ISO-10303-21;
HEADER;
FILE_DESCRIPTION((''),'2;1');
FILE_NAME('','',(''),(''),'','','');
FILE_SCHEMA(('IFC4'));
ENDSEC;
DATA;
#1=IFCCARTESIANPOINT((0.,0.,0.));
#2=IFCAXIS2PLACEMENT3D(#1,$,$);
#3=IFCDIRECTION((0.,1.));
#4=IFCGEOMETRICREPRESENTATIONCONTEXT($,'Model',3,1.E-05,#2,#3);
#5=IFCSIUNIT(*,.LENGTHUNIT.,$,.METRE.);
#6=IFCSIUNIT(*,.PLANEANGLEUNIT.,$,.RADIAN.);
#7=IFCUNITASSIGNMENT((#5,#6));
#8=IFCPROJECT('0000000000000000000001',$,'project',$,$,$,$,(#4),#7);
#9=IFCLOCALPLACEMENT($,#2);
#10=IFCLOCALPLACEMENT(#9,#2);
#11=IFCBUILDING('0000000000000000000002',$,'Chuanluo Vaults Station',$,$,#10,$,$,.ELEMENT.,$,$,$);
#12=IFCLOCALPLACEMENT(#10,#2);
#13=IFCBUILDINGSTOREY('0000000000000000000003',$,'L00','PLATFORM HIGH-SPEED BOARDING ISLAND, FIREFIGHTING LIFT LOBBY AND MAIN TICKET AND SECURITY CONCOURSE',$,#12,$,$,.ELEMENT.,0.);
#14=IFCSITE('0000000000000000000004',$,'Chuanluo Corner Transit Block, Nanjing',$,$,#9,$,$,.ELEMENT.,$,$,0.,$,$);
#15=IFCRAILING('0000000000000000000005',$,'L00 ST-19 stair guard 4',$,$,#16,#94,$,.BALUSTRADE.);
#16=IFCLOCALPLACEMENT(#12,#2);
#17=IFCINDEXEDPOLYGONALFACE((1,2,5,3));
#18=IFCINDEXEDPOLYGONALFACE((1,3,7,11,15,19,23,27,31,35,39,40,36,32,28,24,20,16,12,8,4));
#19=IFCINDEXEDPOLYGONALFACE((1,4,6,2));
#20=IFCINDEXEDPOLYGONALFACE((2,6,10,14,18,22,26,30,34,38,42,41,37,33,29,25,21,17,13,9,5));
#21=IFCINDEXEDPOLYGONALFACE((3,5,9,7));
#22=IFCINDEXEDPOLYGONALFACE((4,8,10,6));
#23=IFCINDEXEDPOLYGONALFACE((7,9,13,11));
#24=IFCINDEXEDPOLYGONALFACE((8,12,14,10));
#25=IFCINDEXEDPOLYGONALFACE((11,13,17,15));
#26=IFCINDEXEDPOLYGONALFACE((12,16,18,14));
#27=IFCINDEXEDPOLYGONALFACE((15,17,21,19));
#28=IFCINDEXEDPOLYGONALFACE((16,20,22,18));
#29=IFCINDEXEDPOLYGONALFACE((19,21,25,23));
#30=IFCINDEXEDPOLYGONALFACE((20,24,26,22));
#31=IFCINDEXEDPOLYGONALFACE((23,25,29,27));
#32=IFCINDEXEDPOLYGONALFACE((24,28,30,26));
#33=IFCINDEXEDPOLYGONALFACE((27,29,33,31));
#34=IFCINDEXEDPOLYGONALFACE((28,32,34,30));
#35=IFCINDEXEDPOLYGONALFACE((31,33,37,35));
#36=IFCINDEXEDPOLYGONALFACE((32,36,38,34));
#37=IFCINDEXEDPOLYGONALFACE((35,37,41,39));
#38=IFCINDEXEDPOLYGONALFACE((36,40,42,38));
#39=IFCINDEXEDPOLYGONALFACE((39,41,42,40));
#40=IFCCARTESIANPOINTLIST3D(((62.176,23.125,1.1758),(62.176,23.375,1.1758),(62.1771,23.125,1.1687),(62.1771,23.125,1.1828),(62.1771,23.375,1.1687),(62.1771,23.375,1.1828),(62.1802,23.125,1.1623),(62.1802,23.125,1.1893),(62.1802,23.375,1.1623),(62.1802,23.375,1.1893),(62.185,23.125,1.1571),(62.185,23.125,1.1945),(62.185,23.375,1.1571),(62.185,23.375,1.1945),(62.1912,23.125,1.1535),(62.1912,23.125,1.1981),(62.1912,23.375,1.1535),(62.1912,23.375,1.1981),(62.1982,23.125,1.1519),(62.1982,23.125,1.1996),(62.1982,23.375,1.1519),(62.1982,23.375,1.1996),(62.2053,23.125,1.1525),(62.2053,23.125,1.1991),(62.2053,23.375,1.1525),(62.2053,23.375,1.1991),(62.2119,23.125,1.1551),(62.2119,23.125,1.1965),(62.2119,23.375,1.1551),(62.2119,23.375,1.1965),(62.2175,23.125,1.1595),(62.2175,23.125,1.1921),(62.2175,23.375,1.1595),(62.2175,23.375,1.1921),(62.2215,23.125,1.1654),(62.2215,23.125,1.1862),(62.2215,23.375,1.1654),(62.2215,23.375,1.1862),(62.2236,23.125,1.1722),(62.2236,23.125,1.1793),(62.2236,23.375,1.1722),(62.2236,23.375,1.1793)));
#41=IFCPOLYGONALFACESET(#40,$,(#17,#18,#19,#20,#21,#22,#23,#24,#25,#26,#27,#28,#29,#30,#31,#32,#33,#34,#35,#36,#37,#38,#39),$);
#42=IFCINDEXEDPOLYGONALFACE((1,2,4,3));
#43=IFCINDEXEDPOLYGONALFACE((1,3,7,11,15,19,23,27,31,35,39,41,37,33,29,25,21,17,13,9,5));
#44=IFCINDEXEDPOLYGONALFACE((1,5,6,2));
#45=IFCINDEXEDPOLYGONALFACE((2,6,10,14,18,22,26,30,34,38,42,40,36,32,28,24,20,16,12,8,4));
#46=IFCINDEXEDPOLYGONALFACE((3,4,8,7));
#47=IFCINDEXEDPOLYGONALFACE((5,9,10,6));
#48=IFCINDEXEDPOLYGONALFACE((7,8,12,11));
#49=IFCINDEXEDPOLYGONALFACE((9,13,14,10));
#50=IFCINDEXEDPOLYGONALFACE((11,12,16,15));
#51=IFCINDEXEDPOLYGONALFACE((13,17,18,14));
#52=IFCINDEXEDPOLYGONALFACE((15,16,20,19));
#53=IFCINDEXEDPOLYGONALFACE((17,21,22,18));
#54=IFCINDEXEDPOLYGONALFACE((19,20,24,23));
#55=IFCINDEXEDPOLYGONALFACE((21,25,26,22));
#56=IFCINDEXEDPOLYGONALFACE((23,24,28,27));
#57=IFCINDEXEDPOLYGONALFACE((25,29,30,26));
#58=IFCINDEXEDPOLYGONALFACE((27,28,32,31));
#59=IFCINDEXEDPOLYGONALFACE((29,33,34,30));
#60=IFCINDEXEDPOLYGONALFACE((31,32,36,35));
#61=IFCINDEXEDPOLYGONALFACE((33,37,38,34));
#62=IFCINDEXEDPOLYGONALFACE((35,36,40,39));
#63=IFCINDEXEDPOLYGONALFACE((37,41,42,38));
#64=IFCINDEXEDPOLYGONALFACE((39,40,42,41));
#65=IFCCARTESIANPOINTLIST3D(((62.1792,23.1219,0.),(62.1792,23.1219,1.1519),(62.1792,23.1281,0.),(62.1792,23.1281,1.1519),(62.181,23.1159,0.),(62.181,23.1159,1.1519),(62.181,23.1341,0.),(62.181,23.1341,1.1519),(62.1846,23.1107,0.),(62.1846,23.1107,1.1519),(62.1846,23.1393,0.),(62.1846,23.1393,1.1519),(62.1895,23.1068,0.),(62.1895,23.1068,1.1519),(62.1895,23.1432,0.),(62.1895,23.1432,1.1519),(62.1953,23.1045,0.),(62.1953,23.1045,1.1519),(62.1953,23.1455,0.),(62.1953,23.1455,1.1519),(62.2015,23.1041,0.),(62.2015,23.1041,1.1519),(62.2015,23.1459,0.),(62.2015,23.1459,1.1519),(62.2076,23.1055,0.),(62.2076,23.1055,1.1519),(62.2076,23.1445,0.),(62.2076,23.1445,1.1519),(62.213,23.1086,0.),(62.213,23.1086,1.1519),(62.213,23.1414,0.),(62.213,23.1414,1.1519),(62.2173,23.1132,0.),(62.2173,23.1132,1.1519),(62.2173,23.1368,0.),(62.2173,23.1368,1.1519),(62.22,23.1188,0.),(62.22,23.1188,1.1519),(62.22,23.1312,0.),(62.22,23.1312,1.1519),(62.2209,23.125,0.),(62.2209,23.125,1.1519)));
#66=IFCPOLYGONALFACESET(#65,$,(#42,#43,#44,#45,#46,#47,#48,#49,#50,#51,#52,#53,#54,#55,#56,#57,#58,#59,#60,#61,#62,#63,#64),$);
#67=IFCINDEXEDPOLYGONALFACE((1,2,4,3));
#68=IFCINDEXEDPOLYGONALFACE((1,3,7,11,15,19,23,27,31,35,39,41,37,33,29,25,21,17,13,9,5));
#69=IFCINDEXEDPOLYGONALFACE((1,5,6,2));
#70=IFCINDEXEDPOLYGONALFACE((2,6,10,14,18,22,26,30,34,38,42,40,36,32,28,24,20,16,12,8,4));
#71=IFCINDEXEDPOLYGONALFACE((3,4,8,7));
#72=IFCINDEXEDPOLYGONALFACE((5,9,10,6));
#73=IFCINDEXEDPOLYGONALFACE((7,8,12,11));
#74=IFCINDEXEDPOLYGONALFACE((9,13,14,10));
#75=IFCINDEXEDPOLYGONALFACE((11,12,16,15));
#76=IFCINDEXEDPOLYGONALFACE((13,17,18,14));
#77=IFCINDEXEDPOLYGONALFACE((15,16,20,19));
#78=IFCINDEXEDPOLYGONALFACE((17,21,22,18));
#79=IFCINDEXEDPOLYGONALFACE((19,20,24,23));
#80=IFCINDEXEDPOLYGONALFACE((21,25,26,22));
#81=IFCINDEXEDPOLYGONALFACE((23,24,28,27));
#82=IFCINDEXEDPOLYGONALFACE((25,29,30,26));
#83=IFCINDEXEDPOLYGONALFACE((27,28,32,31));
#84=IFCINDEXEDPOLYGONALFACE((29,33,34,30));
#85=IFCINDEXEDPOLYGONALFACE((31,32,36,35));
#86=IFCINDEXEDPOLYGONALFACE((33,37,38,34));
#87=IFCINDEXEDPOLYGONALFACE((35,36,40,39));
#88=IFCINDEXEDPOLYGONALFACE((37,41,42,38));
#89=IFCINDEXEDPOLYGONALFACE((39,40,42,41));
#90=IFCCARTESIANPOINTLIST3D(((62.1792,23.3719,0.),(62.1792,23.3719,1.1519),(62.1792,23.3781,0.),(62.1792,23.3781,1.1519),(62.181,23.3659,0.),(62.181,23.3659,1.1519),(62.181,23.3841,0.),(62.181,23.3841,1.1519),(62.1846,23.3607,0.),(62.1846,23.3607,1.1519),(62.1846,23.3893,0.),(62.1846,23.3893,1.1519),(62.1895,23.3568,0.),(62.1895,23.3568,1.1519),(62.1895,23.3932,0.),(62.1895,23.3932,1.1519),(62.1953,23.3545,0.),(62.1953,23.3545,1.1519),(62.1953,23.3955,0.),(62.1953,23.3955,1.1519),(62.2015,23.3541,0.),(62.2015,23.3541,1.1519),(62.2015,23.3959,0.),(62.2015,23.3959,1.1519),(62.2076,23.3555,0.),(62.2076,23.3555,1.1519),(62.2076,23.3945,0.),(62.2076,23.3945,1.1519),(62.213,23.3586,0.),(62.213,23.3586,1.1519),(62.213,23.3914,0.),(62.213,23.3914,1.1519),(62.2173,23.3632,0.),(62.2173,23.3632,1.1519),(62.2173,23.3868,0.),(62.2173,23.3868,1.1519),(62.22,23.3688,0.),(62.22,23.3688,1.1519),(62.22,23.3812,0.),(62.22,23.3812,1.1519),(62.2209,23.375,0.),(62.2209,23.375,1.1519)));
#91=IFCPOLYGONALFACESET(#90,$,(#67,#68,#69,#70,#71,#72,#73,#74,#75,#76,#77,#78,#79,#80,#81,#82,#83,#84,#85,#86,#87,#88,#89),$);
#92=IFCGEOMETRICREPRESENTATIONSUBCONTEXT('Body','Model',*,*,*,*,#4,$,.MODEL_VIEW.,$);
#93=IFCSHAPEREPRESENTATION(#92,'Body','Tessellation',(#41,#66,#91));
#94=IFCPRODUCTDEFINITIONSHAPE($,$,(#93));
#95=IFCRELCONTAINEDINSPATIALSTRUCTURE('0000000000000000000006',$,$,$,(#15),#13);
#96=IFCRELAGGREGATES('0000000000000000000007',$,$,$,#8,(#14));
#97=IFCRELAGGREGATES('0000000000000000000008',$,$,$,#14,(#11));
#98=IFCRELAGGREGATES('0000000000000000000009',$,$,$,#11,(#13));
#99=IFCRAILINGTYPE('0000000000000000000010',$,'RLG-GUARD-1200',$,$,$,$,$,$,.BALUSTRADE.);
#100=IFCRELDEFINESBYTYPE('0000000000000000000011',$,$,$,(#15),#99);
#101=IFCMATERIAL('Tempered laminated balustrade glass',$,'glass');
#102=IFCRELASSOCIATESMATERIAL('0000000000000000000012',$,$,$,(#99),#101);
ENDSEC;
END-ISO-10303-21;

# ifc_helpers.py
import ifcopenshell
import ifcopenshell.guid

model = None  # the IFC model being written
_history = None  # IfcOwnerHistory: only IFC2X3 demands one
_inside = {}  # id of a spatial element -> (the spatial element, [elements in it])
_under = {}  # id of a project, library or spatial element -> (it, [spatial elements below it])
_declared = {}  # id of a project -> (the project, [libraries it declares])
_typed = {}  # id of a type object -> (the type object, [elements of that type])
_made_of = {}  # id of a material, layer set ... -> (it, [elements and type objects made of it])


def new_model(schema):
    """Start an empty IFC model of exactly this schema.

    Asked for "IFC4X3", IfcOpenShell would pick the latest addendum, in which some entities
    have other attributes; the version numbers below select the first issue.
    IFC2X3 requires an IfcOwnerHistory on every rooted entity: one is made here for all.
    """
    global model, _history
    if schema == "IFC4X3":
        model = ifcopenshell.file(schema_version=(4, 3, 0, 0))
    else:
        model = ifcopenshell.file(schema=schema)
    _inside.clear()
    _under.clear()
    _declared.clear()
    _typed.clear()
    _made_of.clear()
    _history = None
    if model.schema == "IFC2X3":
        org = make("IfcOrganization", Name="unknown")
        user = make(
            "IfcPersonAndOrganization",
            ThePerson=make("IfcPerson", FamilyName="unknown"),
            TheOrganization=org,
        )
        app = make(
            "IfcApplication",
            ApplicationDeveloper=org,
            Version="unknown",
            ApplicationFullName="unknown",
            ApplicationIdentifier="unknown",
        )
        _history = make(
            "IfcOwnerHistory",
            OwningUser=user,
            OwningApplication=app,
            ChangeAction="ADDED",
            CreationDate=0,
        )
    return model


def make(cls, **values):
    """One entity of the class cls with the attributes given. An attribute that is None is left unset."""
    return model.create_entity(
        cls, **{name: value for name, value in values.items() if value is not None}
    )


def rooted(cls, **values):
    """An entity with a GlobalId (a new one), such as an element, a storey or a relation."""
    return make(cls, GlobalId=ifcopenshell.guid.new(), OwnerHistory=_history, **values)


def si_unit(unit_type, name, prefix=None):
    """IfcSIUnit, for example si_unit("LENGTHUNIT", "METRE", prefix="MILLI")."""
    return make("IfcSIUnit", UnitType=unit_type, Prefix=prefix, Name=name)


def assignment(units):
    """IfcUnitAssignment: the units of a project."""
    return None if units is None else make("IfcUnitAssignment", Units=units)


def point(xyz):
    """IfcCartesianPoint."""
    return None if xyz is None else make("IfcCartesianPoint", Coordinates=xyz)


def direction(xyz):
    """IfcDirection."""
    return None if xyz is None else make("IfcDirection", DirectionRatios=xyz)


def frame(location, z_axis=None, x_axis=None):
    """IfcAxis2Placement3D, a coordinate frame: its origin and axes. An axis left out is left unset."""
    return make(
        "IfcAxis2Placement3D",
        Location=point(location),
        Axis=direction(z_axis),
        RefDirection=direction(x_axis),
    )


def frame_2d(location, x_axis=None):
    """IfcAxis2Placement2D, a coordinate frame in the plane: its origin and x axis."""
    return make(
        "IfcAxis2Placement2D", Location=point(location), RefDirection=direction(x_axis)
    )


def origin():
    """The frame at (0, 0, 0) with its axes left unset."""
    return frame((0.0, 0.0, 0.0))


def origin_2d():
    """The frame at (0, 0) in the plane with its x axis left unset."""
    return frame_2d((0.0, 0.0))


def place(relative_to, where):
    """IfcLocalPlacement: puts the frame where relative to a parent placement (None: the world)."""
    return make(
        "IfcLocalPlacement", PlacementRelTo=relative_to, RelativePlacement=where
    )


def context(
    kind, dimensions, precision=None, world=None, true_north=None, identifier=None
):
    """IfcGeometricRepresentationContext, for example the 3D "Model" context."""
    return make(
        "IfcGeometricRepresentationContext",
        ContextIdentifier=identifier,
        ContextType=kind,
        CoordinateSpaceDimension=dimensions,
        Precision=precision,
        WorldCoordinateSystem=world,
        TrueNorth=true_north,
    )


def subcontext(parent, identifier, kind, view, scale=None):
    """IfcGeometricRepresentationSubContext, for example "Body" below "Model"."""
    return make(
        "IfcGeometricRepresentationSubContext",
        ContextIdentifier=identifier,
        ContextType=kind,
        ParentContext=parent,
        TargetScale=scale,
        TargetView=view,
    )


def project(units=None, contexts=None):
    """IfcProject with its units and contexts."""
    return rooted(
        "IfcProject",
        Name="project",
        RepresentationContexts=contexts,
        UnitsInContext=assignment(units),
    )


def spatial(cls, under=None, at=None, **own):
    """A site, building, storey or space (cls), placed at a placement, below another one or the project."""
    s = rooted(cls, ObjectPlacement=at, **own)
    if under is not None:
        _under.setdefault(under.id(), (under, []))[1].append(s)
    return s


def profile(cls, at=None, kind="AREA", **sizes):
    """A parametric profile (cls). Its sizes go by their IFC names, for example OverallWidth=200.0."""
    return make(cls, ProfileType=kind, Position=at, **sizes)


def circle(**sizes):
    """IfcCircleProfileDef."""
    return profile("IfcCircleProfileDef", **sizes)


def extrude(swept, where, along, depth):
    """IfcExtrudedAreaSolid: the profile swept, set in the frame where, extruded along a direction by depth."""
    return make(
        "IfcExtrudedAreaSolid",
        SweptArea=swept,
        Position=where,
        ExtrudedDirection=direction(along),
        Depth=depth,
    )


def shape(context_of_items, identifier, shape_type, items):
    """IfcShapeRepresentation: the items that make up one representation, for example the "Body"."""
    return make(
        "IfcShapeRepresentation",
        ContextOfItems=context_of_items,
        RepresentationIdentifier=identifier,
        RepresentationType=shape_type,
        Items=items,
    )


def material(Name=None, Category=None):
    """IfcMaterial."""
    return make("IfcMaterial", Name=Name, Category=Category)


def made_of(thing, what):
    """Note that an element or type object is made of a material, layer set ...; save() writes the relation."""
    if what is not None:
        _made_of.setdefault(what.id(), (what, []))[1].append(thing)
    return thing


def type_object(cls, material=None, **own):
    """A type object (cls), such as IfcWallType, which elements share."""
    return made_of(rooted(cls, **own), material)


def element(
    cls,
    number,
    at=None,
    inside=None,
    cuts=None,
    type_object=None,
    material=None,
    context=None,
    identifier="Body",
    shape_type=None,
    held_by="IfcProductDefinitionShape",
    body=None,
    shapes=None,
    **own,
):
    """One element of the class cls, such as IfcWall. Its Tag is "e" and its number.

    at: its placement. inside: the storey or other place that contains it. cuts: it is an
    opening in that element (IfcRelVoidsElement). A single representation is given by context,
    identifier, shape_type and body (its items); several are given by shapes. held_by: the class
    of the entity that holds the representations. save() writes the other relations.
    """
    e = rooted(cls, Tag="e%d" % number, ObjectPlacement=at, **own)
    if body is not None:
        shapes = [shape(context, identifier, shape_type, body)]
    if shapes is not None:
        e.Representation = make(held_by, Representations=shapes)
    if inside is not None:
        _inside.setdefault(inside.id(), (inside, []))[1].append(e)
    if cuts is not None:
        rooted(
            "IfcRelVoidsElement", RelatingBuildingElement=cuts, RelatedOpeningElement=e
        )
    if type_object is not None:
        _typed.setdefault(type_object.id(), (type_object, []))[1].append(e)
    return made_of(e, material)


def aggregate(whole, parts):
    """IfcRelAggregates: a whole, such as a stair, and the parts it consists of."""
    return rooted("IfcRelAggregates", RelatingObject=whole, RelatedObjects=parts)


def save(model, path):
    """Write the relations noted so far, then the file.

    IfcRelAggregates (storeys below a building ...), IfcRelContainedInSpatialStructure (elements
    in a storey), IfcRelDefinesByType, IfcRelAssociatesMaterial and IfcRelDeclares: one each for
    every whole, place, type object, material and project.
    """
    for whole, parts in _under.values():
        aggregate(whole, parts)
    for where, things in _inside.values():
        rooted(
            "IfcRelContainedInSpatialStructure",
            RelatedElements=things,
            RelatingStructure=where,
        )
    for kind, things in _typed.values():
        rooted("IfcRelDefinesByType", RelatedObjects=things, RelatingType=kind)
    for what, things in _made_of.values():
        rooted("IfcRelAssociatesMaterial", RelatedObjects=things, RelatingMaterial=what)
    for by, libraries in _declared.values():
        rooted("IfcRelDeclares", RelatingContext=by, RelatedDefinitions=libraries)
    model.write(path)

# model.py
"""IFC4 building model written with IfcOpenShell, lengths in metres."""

from ifc_helpers import new_model, si_unit, direction, frame, origin, origin_2d, place, context, subcontext, project, spatial, circle, extrude, material, type_object, element, save


model = new_model("IFC4")

# Units and contexts
model_context = context("Model", 3, precision=1e-05, world=origin(), true_north=direction((0.0, 1.0)))
body_context = subcontext(model_context, "Body", "Model", "MODEL_VIEW")
ifc_project = project(units=[si_unit("LENGTHUNIT", "METRE"), si_unit("PLANEANGLEUNIT", "RADIAN")], contexts=[model_context])

# Site, building, storey
site_placement = place(None, origin())
site = spatial("IfcSite", under=ifc_project, at=site_placement, Name="Chuanluo Corner Transit Block, Nanjing", CompositionType="ELEMENT", RefElevation=0.0)
building_placement = place(site_placement, origin())
building = spatial("IfcBuilding", under=site, at=building_placement, Name="Chuanluo Vaults Station", CompositionType="ELEMENT")
storey_placement = place(building_placement, origin())
storey = spatial("IfcBuildingStorey", under=building, at=storey_placement, Name="L00", Description="PLATFORM HIGH-SPEED BOARDING ISLAND, FIREFIGHTING LIFT LOBBY AND MAIN TICKET AND SECURITY CONCOURSE", CompositionType="ELEMENT", Elevation=0.0)

# Railing
ifc_material_1 = material(Name="Tempered laminated balustrade glass", Category="glass")
railing_type_1 = type_object("IfcRailingType", Name="RLG-GUARD-1200", PredefinedType="BALUSTRADE", material=ifc_material_1)
railing_1_placement = place(storey_placement, frame((62.2, 23.125, 0.0)))
element("IfcRailing", 1, at=railing_1_placement, inside=storey, type_object=railing_type_1, Name="L00 ST-19 stair guard 4", PredefinedType="BALUSTRADE", context=body_context, shape_type="SweptSolid", body=[
    extrude(circle(Radius=0.0239, at=origin_2d()), frame((0.0, 0.0, 1.1758), z_axis=(0.0, 1.0, 0.0), x_axis=(-1.0, 0.0, 0.0)), (0.0, 0.0, 1.0), 0.25),
    extrude(circle(Radius=0.021, at=origin_2d()), origin(), (0.0, 0.0, 1.0), 1.1519),
    extrude(circle(Radius=0.021, at=origin_2d()), frame((0.0, 0.25, 0.0)), (0.0, 0.0, 1.0), 1.1519),
])

save(model, "model.ifc")
